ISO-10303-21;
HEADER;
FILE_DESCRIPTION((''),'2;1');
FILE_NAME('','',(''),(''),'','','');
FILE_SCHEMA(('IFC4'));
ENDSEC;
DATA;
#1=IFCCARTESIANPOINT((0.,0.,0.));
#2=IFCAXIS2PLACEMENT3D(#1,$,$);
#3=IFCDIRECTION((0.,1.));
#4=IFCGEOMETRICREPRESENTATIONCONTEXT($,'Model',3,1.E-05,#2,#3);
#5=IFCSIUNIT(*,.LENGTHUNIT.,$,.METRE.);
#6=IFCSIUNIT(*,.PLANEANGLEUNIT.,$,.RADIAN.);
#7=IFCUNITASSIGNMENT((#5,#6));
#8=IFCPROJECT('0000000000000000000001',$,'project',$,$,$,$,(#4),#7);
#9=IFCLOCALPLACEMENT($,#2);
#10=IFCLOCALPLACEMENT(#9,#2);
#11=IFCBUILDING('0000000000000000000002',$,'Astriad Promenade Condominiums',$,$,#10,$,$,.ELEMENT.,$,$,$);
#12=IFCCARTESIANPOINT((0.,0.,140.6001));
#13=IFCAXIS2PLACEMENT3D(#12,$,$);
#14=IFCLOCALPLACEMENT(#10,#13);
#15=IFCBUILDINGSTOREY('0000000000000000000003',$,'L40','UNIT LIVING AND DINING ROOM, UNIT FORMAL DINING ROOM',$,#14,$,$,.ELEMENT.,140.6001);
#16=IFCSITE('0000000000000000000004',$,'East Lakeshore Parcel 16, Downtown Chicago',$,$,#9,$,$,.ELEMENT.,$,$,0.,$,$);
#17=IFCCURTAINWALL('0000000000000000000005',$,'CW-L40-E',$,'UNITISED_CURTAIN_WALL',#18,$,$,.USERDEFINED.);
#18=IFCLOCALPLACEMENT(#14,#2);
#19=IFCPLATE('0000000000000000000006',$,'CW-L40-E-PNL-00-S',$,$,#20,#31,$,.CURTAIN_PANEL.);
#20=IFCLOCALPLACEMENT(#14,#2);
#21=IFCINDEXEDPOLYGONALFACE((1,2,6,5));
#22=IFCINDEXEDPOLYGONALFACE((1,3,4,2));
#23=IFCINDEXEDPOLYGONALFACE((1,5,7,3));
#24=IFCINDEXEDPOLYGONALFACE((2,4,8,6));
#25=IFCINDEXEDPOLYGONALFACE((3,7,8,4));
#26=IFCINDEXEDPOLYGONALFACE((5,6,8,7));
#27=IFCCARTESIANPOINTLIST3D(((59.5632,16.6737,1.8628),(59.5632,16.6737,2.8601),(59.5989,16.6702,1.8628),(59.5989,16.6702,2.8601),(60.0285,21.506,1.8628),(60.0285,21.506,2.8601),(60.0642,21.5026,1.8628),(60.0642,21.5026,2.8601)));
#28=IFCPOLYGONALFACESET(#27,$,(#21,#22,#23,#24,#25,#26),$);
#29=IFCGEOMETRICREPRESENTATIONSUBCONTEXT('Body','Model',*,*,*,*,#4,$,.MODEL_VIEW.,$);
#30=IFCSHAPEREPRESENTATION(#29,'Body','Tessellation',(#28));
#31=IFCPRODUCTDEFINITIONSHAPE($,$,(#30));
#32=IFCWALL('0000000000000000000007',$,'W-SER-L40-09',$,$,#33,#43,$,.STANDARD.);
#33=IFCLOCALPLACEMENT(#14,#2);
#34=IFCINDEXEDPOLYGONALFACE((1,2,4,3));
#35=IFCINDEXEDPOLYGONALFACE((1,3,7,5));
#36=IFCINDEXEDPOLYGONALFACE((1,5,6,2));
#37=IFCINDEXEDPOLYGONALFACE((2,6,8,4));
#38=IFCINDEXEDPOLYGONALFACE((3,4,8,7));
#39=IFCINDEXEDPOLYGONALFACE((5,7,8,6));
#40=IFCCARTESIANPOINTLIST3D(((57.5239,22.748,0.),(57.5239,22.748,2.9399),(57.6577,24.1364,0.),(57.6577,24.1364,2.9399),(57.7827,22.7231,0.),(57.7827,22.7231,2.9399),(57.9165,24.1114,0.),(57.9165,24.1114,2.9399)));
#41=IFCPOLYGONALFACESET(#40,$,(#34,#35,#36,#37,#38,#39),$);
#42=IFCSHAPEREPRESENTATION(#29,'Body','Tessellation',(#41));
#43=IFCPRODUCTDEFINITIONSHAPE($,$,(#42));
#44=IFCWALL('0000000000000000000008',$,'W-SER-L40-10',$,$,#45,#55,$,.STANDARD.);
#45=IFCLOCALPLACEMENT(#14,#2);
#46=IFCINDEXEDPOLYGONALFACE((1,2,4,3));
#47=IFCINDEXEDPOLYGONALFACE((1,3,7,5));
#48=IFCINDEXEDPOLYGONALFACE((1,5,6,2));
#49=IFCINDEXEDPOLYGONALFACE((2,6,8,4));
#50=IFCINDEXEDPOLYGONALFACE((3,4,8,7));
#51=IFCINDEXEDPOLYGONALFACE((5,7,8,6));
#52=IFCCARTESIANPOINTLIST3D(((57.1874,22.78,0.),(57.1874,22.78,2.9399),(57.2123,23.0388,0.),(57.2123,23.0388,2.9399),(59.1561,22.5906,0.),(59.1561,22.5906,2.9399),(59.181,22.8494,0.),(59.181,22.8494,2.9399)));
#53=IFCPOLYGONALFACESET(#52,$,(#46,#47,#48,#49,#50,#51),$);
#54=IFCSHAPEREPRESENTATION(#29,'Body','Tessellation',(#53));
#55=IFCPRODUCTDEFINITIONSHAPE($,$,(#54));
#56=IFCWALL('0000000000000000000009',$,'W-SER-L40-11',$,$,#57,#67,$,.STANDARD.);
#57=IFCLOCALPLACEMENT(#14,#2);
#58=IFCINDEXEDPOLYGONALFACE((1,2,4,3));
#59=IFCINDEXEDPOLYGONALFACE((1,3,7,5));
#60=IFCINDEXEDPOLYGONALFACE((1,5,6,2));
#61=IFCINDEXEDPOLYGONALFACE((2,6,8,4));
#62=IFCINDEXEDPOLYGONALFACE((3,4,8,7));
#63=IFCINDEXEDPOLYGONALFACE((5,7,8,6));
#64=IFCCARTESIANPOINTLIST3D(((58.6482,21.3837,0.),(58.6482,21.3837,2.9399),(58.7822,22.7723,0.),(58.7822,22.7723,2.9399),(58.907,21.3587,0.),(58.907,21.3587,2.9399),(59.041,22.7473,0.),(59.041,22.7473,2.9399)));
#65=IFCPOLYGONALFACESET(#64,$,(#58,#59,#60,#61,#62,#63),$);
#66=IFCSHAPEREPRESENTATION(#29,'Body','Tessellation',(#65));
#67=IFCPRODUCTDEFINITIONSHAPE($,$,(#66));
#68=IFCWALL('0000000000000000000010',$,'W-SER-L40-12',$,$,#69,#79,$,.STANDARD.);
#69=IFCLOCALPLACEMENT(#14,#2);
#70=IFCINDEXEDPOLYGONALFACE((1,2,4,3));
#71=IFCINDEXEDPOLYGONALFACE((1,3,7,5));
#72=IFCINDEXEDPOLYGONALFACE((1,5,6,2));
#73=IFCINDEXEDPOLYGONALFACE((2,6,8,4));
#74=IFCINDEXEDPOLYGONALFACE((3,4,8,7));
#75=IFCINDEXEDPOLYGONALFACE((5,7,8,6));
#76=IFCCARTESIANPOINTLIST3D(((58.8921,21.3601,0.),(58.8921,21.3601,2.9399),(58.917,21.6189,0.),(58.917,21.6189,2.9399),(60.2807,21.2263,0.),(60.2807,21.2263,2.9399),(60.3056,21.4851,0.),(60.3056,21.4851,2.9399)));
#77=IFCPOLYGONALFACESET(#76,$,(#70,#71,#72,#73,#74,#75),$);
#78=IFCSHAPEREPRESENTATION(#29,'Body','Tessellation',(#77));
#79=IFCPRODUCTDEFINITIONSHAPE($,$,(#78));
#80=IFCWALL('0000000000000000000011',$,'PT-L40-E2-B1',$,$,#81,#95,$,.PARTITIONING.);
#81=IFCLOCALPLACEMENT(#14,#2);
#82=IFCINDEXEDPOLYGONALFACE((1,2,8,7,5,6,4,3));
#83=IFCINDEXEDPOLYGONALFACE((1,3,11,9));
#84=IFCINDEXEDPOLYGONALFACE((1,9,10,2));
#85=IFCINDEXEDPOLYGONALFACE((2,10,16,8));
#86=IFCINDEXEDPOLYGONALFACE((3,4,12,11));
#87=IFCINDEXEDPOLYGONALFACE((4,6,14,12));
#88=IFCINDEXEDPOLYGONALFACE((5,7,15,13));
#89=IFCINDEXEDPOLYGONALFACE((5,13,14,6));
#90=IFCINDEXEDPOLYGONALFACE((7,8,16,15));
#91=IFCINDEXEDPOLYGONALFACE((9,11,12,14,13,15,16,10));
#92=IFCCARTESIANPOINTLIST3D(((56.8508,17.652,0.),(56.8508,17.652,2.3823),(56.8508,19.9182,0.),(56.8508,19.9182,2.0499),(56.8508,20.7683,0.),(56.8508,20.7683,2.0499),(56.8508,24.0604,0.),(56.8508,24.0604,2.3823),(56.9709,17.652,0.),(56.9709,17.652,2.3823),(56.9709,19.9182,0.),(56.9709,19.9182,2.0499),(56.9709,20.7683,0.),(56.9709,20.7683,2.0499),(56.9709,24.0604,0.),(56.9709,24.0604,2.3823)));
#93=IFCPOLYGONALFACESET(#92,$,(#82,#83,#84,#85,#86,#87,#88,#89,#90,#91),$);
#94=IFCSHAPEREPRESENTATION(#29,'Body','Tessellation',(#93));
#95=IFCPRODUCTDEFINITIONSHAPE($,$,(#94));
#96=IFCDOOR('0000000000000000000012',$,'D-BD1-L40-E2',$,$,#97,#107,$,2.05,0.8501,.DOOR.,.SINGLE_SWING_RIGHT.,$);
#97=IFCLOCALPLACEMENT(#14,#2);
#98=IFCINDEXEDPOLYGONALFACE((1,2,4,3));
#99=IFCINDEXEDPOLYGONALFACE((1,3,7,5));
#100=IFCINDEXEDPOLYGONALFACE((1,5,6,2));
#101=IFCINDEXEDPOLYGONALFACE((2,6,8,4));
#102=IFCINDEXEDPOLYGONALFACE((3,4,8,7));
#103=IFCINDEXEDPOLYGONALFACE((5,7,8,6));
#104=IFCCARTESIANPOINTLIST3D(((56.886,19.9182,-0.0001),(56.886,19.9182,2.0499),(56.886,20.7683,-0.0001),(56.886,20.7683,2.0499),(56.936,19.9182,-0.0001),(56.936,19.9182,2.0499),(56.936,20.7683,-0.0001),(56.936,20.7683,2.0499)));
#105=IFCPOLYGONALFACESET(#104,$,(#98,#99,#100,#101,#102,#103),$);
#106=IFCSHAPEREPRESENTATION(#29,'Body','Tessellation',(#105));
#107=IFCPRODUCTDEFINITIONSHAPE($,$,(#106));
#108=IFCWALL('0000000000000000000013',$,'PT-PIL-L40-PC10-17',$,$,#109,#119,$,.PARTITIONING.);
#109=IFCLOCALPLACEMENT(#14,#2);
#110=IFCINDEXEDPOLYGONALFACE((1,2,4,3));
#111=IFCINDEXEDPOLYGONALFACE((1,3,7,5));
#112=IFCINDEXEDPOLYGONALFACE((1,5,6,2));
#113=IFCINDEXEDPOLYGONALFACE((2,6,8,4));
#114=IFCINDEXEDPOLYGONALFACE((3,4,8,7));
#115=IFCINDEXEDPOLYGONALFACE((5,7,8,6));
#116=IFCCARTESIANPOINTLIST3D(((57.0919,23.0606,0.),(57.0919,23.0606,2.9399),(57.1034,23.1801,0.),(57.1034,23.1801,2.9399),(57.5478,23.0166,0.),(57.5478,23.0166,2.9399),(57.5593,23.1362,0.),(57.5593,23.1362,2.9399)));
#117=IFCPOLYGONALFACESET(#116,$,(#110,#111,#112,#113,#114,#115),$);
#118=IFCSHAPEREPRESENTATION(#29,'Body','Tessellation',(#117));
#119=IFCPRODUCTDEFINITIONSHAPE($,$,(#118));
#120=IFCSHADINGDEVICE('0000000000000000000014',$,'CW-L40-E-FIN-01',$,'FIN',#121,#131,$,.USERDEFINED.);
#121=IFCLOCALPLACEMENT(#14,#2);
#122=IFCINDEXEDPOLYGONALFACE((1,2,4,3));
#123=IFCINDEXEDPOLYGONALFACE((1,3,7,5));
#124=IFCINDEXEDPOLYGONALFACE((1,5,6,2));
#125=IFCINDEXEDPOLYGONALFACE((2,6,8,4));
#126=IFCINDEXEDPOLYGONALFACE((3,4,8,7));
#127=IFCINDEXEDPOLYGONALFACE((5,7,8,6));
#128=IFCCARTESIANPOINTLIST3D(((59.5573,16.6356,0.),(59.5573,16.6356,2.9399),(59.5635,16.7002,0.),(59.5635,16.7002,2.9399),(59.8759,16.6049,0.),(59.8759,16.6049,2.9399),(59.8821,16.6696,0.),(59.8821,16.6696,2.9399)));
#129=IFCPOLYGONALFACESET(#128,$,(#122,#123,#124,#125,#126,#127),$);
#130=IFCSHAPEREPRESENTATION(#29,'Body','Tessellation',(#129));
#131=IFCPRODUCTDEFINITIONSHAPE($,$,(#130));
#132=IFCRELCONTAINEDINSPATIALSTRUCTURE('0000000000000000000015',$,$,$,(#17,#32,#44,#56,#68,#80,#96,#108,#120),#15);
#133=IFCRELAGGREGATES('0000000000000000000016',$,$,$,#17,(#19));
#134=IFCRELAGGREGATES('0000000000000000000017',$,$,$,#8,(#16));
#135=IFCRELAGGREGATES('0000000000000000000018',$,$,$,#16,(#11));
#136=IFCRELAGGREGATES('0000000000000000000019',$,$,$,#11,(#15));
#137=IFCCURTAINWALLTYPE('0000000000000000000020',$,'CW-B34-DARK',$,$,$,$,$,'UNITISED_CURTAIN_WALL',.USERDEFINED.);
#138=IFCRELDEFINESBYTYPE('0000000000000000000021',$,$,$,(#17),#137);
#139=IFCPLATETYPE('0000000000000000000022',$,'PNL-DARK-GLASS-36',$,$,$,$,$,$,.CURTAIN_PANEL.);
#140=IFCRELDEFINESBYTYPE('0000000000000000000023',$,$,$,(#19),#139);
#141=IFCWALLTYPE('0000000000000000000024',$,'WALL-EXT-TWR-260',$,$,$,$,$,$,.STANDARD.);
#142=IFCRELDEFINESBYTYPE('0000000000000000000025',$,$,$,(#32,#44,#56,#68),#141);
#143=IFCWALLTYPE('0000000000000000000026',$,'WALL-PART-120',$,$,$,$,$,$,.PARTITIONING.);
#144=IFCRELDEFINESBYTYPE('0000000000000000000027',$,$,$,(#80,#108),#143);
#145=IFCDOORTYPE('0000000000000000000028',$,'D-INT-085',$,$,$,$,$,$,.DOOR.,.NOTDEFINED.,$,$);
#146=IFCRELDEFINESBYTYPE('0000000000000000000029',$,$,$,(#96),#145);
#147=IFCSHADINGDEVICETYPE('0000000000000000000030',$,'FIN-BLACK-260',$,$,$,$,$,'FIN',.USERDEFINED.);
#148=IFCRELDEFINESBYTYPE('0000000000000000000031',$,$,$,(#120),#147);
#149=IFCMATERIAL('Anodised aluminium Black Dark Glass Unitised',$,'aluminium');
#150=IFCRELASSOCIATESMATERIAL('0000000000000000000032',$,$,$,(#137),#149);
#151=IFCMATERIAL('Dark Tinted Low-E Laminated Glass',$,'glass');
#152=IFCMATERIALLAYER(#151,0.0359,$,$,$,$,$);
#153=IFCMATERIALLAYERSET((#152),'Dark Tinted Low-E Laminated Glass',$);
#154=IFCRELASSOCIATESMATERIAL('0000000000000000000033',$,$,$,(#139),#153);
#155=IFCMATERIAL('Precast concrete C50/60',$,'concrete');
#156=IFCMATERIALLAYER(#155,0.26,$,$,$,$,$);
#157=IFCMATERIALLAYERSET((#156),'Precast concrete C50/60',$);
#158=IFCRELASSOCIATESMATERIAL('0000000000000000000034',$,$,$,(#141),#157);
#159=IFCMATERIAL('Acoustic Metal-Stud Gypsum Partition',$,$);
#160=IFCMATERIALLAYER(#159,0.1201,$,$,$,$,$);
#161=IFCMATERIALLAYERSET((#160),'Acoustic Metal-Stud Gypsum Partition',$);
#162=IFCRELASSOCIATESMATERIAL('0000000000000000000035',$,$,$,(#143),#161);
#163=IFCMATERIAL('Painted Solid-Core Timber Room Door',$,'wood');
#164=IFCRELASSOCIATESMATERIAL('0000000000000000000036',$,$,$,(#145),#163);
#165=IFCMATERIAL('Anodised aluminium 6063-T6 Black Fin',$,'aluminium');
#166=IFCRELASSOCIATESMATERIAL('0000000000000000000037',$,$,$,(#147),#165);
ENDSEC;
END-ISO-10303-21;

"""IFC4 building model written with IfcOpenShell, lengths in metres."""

from ifc_helpers import new_model, si_unit, direction, frame, frame_2d, origin, origin_2d, place, context, subcontext, project, spatial, rectangle, extrude, source, transform, mapped, material, layer, layer_set, type_object, type_shapes, element, fill, aggregate, save


model = new_model("IFC4")

# Units and contexts
model_context = context("Model", 3, precision=1e-05, world=origin(), true_north=direction((0.0, 1.0)))
body_context = subcontext(model_context, "Body", "Model", "MODEL_VIEW")
ifc_project = project(units=[si_unit("LENGTHUNIT", "METRE"), si_unit("PLANEANGLEUNIT", "RADIAN")], contexts=[model_context])

# Site, building, storey
site_placement = place(None, origin())
site = spatial("IfcSite", under=ifc_project, at=site_placement, Name="East Lakeshore Parcel 16, Downtown Chicago", CompositionType="ELEMENT", RefElevation=0.0)
building_placement = place(site_placement, origin())
building = spatial("IfcBuilding", under=site, at=building_placement, Name="Astriad Promenade Condominiums", CompositionType="ELEMENT")
storey_placement = place(building_placement, frame((0.0, 0.0, 140.6001)))
storey = spatial("IfcBuildingStorey", under=building, at=storey_placement, Name="L40", Description="UNIT LIVING AND DINING ROOM, UNIT FORMAL DINING ROOM", CompositionType="ELEMENT", Elevation=140.6001)

# Curtain wall, plate
ifc_material_1 = material(Name="Anodised aluminium Black Dark Glass Unitised", Category="aluminium")
curtain_wall_type = type_object("IfcCurtainWallType", Name="CW-B34-DARK", ElementType="UNITISED_CURTAIN_WALL", PredefinedType="USERDEFINED", material=ifc_material_1)
curtain_wall_placement = place(storey_placement, origin())
curtain_wall = element("IfcCurtainWall", 1, at=curtain_wall_placement, inside=storey, type_object=curtain_wall_type, Name="CW-L40-E", ObjectType="UNITISED_CURTAIN_WALL", PredefinedType="USERDEFINED")
ifc_material_2 = material(Name="Dark Tinted Low-E Laminated Glass", Category="glass")
ifc_layer_1 = layer(ifc_material_2, 0.0359)
ifc_layer_set_1 = layer_set([ifc_layer_1], Name="Dark Tinted Low-E Laminated Glass")
plate_type = type_object("IfcPlateType", Name="PNL-DARK-GLASS-36", PredefinedType="CURTAIN_PANEL", material=ifc_layer_set_1)
shared_shape_1 = source(origin(), body_context, "Body", "SweptSolid", [
    extrude(rectangle(XDim=4.8547, YDim=0.0359, at=origin_2d()), origin(), (0.0, 0.0, 1.0), 0.9973),
])
plate_1_placement = place(storey_placement, frame((59.8137, 19.0881, 1.8628), z_axis=(0.0, 0.0, 1.0), x_axis=(-0.095846, -0.995396, 0.0)))
plate_1 = element("IfcPlate", 2, at=plate_1_placement, type_object=plate_type, Name="CW-L40-E-PNL-00-S", PredefinedType="CURTAIN_PANEL", context=body_context, shape_type="MappedRepresentation", body=[
    mapped(shared_shape_1, transform((0.0, 0.0, 0.0), scale=1.0)),
])
aggregate(curtain_wall, [plate_1])

# Walls
ifc_material_3 = material(Name="Precast concrete C50/60", Category="concrete")
ifc_layer_2 = layer(ifc_material_3, 0.26)
ifc_layer_set_2 = layer_set([ifc_layer_2], Name="Precast concrete C50/60")
wall_type_1 = type_object("IfcWallType", Name="WALL-EXT-TWR-260", PredefinedType="STANDARD", material=ifc_layer_set_2)
wall_1_placement = place(storey_placement, frame((57.7871, 24.1238, 0.0), z_axis=(0.0, 0.0, 1.0), x_axis=(-0.095916, -0.995389, 0.0)))
element("IfcWall", 3, at=wall_1_placement, inside=storey, type_object=wall_type_1, Name="W-SER-L40-09", PredefinedType="STANDARD", context=body_context, shape_type="SweptSolid", body=[
    extrude(rectangle(XDim=1.3948, YDim=0.26, at=frame_2d((0.6973, 0.0))), origin(), (0.0, 0.0, 1.0), 2.9399),
])
wall_2_placement = place(storey_placement, frame((57.2, 22.9094, 0.0), z_axis=(0.0, 0.0, 1.0), x_axis=(0.995402, -0.095788, 0.0)))
element("IfcWall", 4, at=wall_2_placement, inside=storey, type_object=wall_type_1, Name="W-SER-L40-10", PredefinedType="STANDARD", context=body_context, shape_type="SweptSolid", body=[
    extrude(rectangle(XDim=1.9778, YDim=0.26, at=frame_2d((0.9888, 0.0))), origin(), (0.0, 0.0, 1.0), 2.9399),
])
for number, where, z_axis, x_axis, name in (
    (5, (58.9116, 22.7598, 0.0), (0.0, 0.0, 1.0), (-0.096073, -0.995374, 0.0), "W-SER-L40-11"),
    (6, (58.9045, 21.4895, 0.0), (0.0, 0.0, 1.0), (0.995391, -0.095899, 0.0), "W-SER-L40-12"),
):
    element("IfcWall", number, at=place(storey_placement, frame(where, z_axis=z_axis, x_axis=x_axis)), inside=storey, type_object=wall_type_1, Name=name, PredefinedType="STANDARD", context=body_context, shape_type="SweptSolid", body=[
        extrude(rectangle(XDim=1.395, YDim=0.26, at=frame_2d((0.6975, 0.0))), origin(), (0.0, 0.0, 1.0), 2.9399),
    ])

# Wall, opening, door
ifc_material_4 = material(Name="Acoustic Metal-Stud Gypsum Partition")
ifc_layer_3 = layer(ifc_material_4, 0.1201)
ifc_layer_set_3 = layer_set([ifc_layer_3], Name="Acoustic Metal-Stud Gypsum Partition")
wall_type_2 = type_object("IfcWallType", Name="WALL-PART-120", PredefinedType="PARTITIONING", material=ifc_layer_set_3)
wall_3_placement = place(storey_placement, frame((56.9109, 17.6521, 0.0), z_axis=(0.0, 0.0, 1.0), x_axis=(0.0, 1.0, 0.0)))
wall_3 = element("IfcWall", 7, at=wall_3_placement, inside=storey, type_object=wall_type_2, Name="PT-L40-E2-B1", PredefinedType="PARTITIONING", context=body_context, shape_type="SweptSolid", body=[
    extrude(rectangle(XDim=6.4084, YDim=0.1201, at=frame_2d((3.2041, 0.0))), origin(), (0.0, 0.0, 1.0), 2.3823),
])
opening_placement = place(wall_3_placement, frame((2.2661, 0.0, 0.0)))
opening = element("IfcOpeningElement", 8, at=opening_placement, cuts=wall_3, PredefinedType="OPENING", context=body_context, shape_type="SweptSolid", body=[
    extrude(rectangle(XDim=0.8501, YDim=2.05, at=frame_2d((0.425, 1.0249))), frame((0.0, 0.0701, 0.0), z_axis=(0.0, -1.0, 0.0), x_axis=(1.0, 0.0, 0.0)), (0.0, 0.0, 1.0), 0.1401),
])
ifc_material_5 = material(Name="Painted Solid-Core Timber Room Door", Category="wood")
door_type = type_object("IfcDoorType", Name="D-INT-085", OperationType="NOTDEFINED", PredefinedType="DOOR", material=ifc_material_5)
shared_shape_2 = source(origin(), body_context, "Body", "SweptSolid", [
    extrude(rectangle(XDim=0.8501, YDim=2.05, at=frame_2d((0.425, 1.0249))), frame((0.0, 0.0249, 0.0), z_axis=(0.0, -1.0, 0.0), x_axis=(1.0, 0.0, 0.0)), (0.0, 0.0, 1.0), 0.05),
])
type_shapes(door_type, [shared_shape_2])
door_placement = place(opening_placement, origin())
door = element("IfcDoor", 9, at=door_placement, inside=storey, type_object=door_type, Name="D-BD1-L40-E2", OperationType="SINGLE_SWING_RIGHT", OverallHeight=2.05, OverallWidth=0.8501, PredefinedType="DOOR", context=body_context, shape_type="MappedRepresentation", body=[
    mapped(shared_shape_2, transform((0.0, 0.0, 0.0), scale=1.0)),
])
fill(opening, door)

# Wall
wall_4_placement = place(storey_placement, frame((57.0977, 23.1204, 0.0), z_axis=(0.0, 0.0, 1.0), x_axis=(0.995385, -0.095966, 0.0)))
element("IfcWall", 10, at=wall_4_placement, inside=storey, type_object=wall_type_2, Name="PT-PIL-L40-PC10-17", PredefinedType="PARTITIONING", context=body_context, shape_type="SweptSolid", body=[
    extrude(rectangle(XDim=0.458, YDim=0.1201, at=frame_2d((0.229, 0.0))), origin(), (0.0, 0.0, 1.0), 2.9399),
])

# Shading device
ifc_material_6 = material(Name="Anodised aluminium 6063-T6 Black Fin", Category="aluminium")
shading_device_type = type_object("IfcShadingDeviceType", Name="FIN-BLACK-260", ElementType="FIN", PredefinedType="USERDEFINED", material=ifc_material_6)
shared_shape_3 = source(origin(), body_context, "Body", "SweptSolid", [
    extrude(rectangle(XDim=0.0649, YDim=0.3201, at=origin_2d()), origin(), (0.0, 0.0, 1.0), 2.9399),
])
type_shapes(shading_device_type, [shared_shape_3])
shading_device_placement = place(storey_placement, frame((59.7197, 16.6526, 0.0), z_axis=(0.0, 0.0, 1.0), x_axis=(-0.095846, -0.995396, 0.0)))
element("IfcShadingDevice", 11, at=shading_device_placement, inside=storey, type_object=shading_device_type, Name="CW-L40-E-FIN-01", ObjectType="FIN", PredefinedType="USERDEFINED", context=body_context, shape_type="MappedRepresentation", body=[
    mapped(shared_shape_3, transform((0.0, 0.0, 0.0), scale=1.0)),
])

save(model, "model.ifc")
